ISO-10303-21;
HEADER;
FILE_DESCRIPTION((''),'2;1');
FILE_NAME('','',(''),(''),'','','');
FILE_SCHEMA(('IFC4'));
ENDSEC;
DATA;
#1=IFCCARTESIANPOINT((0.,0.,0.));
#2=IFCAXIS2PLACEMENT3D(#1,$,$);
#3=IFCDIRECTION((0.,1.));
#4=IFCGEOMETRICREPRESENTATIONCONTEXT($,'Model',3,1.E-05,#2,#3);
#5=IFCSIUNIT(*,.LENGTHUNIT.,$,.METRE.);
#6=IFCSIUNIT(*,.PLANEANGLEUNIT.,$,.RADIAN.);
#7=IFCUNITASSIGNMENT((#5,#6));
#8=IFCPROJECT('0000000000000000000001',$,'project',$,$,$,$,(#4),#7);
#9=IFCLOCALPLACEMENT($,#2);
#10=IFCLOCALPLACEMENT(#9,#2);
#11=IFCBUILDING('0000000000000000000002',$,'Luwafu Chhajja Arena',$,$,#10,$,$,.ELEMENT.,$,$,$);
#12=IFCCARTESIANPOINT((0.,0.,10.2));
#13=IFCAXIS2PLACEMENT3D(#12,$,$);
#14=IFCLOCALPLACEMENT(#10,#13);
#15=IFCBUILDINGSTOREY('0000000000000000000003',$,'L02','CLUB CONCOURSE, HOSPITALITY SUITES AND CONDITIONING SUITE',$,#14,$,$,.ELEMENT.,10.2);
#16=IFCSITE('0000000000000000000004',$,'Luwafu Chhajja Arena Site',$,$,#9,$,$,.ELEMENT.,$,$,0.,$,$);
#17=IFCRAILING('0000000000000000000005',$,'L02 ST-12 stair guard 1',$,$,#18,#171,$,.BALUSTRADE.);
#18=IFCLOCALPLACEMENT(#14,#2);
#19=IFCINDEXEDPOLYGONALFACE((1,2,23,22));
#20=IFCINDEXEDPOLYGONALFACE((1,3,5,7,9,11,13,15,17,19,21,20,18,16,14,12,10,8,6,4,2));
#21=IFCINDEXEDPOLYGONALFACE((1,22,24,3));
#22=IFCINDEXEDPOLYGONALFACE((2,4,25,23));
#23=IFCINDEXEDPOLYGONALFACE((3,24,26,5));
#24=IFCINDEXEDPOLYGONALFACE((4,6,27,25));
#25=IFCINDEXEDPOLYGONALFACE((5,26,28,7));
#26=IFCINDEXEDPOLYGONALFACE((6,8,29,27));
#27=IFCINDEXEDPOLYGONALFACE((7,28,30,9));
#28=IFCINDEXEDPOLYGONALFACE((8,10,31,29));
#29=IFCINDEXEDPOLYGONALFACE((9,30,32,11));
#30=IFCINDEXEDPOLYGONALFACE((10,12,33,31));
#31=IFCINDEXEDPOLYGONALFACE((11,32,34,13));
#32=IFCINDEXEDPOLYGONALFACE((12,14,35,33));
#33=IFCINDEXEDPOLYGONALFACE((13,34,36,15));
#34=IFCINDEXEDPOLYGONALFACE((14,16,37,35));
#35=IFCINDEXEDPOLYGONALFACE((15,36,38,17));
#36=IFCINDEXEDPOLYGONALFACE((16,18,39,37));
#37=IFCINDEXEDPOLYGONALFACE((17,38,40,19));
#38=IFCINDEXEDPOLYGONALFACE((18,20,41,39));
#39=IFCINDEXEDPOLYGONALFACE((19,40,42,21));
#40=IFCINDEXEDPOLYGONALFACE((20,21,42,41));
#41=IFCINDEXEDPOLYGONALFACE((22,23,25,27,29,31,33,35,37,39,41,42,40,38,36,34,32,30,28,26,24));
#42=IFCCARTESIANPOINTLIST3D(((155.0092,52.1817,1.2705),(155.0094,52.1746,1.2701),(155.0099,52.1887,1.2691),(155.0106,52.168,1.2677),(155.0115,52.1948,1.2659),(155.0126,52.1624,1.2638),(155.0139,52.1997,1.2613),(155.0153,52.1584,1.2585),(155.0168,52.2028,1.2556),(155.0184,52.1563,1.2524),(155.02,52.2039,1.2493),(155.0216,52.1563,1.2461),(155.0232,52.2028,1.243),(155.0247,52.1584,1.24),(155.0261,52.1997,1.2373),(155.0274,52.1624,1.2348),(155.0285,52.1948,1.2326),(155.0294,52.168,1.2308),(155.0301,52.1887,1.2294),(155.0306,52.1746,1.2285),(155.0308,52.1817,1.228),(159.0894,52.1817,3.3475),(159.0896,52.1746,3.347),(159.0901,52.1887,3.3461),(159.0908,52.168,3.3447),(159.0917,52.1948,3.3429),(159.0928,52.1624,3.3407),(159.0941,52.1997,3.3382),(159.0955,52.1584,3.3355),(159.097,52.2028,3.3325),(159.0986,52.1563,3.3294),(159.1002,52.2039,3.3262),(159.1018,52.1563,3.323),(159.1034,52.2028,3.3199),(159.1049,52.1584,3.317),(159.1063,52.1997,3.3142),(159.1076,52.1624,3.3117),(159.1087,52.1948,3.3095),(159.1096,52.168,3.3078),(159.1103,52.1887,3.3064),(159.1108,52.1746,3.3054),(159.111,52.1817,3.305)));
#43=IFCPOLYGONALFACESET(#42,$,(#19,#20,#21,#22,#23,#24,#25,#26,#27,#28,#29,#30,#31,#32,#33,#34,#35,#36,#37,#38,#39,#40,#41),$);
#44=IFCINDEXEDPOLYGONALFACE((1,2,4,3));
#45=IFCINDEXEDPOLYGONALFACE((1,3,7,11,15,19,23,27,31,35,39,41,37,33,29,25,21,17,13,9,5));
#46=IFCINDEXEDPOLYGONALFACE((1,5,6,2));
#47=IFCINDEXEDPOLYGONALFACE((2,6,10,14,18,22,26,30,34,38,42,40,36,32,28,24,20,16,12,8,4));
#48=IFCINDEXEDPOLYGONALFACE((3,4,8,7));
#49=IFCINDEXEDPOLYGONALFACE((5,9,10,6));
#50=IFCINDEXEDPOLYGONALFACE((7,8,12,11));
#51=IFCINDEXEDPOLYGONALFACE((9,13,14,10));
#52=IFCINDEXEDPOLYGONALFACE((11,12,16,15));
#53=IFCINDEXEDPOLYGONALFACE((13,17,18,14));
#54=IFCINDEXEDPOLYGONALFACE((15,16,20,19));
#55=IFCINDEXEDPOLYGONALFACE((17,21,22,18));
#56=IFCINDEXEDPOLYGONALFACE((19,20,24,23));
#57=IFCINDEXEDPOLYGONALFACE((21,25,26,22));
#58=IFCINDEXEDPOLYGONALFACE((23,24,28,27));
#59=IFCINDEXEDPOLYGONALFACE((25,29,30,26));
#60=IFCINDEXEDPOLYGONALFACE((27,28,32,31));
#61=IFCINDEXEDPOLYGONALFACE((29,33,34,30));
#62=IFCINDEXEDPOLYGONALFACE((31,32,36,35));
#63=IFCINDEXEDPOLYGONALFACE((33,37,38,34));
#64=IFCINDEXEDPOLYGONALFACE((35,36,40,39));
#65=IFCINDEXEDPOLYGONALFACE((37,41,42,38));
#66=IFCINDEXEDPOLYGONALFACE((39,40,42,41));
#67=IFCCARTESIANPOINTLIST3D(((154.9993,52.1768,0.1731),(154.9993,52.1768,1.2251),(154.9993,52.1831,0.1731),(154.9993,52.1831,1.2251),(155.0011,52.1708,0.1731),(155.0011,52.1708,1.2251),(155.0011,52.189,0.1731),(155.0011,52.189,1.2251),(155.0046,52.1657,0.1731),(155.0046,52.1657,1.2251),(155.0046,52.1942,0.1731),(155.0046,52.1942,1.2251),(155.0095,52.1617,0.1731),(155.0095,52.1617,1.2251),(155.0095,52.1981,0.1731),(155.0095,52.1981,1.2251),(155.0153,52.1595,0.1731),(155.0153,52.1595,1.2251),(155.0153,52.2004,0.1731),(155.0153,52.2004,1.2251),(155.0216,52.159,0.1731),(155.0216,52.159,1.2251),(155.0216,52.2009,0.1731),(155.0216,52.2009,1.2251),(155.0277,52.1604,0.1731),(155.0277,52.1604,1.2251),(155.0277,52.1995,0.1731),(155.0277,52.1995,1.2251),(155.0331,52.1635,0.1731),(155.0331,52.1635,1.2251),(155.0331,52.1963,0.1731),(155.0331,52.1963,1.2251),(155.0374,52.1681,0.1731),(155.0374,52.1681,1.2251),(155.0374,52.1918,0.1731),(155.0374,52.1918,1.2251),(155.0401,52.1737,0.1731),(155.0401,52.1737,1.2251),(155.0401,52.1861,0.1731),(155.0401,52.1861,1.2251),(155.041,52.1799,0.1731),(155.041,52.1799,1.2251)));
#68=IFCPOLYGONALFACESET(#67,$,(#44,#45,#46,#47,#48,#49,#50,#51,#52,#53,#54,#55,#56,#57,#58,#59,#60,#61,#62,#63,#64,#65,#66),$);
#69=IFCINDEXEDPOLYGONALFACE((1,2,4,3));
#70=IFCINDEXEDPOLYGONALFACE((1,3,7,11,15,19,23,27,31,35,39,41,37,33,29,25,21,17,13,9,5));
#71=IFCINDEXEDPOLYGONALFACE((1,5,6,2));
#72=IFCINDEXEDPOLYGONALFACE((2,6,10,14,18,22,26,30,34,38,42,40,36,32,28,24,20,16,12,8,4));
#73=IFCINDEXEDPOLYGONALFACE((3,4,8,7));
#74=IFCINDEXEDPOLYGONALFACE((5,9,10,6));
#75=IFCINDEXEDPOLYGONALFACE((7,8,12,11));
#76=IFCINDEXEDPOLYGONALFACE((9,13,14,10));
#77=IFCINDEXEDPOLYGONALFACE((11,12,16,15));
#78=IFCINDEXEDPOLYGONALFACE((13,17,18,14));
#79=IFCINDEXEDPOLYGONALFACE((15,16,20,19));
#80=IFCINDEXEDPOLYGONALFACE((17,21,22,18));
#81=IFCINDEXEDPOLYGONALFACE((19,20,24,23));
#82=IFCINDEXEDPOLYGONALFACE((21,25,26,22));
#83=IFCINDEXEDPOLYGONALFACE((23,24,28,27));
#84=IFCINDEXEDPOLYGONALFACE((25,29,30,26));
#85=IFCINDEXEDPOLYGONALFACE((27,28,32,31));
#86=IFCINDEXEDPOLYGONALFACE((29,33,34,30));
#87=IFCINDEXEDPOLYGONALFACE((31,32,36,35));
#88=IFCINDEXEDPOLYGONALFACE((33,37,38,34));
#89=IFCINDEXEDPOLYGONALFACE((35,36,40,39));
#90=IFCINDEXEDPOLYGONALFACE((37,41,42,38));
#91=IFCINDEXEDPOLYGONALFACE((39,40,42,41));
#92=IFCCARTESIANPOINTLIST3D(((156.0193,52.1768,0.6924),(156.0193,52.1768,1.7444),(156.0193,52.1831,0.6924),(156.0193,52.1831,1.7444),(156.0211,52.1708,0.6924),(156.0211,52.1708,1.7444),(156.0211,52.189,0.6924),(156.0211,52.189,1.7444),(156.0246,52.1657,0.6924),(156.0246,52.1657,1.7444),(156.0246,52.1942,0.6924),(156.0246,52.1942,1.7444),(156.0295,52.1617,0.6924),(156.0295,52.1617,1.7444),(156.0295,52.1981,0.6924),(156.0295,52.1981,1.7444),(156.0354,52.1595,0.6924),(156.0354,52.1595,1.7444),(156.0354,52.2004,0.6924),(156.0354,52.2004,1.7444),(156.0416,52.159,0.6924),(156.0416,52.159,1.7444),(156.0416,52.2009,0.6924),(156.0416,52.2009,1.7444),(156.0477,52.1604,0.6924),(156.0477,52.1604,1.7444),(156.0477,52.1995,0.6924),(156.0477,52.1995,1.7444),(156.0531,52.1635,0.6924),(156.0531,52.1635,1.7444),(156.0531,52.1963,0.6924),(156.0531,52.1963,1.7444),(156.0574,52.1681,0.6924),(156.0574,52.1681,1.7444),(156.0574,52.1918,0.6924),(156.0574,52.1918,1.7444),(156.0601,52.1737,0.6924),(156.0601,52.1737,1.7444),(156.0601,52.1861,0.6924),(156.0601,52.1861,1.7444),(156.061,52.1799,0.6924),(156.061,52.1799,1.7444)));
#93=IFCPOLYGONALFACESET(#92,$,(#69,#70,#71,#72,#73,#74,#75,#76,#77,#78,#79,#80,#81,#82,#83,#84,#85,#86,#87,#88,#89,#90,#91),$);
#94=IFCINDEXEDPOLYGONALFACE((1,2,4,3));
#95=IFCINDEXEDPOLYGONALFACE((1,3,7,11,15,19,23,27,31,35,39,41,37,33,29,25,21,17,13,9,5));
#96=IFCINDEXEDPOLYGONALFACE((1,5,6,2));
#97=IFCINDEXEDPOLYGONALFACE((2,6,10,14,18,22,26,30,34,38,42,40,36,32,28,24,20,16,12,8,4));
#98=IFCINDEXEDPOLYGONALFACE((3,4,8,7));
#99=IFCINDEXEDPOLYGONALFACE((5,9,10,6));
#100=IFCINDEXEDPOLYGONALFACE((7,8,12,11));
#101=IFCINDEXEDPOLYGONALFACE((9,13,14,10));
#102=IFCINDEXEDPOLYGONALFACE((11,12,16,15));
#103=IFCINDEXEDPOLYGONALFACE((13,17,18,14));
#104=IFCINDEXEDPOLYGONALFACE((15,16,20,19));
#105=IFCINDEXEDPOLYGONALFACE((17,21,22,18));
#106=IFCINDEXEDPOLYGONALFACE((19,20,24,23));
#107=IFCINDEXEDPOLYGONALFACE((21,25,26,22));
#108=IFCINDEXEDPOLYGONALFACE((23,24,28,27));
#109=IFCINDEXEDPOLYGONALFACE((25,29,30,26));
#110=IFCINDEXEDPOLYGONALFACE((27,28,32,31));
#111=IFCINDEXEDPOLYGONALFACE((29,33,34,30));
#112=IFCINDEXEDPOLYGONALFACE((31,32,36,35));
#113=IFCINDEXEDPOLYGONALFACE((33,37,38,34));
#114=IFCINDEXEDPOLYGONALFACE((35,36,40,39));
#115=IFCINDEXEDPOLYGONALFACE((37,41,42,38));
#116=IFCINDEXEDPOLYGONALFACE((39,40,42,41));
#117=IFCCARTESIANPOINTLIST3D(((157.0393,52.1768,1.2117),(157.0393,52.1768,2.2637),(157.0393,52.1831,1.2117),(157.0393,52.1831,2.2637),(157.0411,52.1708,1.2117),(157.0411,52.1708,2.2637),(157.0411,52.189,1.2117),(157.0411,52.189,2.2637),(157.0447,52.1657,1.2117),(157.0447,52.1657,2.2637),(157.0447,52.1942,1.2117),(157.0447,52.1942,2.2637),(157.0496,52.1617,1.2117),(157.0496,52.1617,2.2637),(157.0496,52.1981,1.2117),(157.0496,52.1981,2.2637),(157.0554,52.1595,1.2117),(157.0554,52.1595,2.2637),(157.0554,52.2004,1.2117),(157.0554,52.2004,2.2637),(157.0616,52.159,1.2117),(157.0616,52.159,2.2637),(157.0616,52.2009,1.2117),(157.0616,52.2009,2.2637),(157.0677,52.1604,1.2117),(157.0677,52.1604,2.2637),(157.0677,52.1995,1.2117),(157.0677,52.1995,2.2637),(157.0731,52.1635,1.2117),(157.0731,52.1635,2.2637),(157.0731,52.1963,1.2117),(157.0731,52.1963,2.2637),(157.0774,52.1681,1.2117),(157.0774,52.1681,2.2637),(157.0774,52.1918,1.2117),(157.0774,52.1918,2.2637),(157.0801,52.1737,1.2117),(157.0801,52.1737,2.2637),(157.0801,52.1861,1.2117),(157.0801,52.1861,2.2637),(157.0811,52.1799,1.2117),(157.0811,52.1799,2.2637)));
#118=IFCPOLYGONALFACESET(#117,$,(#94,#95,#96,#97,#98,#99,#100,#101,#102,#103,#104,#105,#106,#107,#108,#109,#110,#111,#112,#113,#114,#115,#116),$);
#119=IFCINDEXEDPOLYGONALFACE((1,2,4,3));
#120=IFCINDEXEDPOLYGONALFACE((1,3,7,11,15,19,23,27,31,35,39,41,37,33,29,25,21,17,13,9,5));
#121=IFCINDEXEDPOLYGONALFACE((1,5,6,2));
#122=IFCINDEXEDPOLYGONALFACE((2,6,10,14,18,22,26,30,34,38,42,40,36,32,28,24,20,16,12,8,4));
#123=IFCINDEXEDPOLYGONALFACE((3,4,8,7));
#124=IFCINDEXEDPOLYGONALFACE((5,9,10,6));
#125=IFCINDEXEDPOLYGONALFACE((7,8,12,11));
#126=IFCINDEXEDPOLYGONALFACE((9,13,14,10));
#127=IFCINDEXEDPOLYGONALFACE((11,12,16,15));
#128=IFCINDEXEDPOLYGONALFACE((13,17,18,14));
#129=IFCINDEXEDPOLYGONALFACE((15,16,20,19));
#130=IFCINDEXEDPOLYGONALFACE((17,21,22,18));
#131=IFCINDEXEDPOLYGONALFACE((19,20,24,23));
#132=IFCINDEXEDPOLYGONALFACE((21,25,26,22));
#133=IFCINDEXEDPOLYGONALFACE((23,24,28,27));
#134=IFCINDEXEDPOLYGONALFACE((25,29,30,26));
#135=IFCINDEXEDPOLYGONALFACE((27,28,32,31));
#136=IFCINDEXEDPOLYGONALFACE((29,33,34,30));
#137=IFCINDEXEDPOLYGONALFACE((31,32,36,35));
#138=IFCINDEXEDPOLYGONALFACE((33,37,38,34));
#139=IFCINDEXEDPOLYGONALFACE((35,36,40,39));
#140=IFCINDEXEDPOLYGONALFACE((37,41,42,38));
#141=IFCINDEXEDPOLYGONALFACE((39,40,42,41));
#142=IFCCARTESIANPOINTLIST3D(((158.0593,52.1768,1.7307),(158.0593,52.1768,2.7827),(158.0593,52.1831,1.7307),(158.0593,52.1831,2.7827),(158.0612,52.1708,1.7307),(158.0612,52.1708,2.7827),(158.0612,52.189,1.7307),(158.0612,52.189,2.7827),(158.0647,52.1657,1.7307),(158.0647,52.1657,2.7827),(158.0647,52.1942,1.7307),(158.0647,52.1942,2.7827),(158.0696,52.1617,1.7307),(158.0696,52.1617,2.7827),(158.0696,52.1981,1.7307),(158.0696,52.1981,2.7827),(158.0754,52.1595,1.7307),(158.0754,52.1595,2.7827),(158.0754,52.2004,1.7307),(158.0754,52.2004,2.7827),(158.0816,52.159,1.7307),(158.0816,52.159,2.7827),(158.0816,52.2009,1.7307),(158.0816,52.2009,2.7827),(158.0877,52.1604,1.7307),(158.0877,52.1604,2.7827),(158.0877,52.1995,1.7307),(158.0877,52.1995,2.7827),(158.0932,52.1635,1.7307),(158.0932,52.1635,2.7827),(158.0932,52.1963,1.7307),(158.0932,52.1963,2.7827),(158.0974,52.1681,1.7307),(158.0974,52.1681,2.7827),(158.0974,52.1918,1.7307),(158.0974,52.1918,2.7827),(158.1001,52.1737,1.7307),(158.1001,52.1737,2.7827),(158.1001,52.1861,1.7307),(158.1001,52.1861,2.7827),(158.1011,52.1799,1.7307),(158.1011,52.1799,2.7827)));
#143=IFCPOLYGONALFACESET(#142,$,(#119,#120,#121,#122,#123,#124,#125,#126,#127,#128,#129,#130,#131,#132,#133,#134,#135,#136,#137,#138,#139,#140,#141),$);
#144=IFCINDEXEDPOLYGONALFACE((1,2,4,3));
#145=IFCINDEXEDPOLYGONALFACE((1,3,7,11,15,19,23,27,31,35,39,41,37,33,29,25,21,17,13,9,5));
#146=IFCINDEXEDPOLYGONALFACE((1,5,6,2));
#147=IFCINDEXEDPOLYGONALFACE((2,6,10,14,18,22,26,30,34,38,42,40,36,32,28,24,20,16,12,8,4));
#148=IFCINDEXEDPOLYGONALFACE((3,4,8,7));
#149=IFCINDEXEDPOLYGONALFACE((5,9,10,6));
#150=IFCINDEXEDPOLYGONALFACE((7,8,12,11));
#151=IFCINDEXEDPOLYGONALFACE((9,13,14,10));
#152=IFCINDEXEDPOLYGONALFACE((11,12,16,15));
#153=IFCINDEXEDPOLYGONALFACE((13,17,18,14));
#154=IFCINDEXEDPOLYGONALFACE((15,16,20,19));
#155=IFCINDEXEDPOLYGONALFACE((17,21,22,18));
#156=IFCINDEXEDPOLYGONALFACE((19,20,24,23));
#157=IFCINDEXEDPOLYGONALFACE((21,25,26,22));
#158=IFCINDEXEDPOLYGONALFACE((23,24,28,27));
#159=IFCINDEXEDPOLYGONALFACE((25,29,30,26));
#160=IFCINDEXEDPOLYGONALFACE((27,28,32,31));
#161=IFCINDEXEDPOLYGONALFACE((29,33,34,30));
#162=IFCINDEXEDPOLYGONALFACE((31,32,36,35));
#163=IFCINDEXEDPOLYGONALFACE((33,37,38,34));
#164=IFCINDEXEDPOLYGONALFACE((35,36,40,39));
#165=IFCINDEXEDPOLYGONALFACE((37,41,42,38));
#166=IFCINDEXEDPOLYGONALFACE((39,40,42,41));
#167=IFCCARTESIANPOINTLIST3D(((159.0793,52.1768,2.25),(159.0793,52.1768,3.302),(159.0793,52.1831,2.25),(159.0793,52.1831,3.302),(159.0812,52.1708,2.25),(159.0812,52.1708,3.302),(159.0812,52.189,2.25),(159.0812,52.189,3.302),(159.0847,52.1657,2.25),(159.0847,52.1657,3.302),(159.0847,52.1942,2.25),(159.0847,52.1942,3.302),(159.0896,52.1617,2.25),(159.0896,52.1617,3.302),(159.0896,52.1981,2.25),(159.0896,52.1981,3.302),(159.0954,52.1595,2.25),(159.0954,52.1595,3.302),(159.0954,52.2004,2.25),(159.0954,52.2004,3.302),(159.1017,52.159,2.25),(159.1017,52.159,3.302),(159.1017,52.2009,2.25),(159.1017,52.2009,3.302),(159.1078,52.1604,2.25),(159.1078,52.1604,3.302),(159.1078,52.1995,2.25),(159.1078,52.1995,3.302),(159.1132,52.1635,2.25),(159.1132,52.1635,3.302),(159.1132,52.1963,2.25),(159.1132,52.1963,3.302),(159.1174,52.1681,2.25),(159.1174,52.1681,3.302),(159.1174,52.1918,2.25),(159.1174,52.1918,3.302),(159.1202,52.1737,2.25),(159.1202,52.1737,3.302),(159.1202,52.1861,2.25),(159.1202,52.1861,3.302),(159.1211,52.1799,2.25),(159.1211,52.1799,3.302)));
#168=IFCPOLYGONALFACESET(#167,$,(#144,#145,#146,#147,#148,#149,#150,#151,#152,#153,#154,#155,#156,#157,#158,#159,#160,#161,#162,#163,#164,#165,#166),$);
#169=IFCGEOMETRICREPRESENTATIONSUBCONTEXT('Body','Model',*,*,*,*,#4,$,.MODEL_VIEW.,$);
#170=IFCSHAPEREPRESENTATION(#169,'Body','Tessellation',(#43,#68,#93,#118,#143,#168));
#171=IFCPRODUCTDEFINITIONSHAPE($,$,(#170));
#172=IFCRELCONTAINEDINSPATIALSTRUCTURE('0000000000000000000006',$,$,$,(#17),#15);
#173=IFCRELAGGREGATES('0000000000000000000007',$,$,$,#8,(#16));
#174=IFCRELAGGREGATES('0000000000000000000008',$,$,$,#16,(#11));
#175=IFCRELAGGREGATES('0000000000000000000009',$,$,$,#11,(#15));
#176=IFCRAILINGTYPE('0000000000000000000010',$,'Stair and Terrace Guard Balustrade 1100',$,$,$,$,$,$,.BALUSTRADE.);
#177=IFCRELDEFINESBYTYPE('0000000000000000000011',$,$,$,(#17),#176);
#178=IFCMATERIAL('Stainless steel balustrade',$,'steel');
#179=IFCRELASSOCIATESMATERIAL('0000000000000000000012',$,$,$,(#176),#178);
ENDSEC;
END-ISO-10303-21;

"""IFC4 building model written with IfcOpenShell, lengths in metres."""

from ifc_helpers import new_model, si_unit, direction, frame, origin, origin_2d, place, context, subcontext, project, spatial, circle, extrude, material, type_object, element, save


model = new_model("IFC4")

# Units and contexts
model_context = context("Model", 3, precision=1e-05, world=origin(), true_north=direction((0.0, 1.0)))
body_context = subcontext(model_context, "Body", "Model", "MODEL_VIEW")
ifc_project = project(units=[si_unit("LENGTHUNIT", "METRE"), si_unit("PLANEANGLEUNIT", "RADIAN")], contexts=[model_context])

# Site, building, storey
site_placement = place(None, origin())
site = spatial("IfcSite", under=ifc_project, at=site_placement, Name="Luwafu Chhajja Arena Site", CompositionType="ELEMENT", RefElevation=0.0)
building_placement = place(site_placement, origin())
building = spatial("IfcBuilding", under=site, at=building_placement, Name="Luwafu Chhajja Arena", CompositionType="ELEMENT")
storey_placement = place(building_placement, frame((0.0, 0.0, 10.2)))
storey = spatial("IfcBuildingStorey", under=building, at=storey_placement, Name="L02", Description="CLUB CONCOURSE, HOSPITALITY SUITES AND CONDITIONING SUITE", CompositionType="ELEMENT", Elevation=10.2)

# Railing
ifc_material_1 = material(Name="Stainless steel balustrade", Category="steel")
railing_type_1 = type_object("IfcRailingType", Name="Stair and Terrace Guard Balustrade 1100", PredefinedType="BALUSTRADE", material=ifc_material_1)
railing_1_placement = place(storey_placement, frame((155.02, 52.1799, 0.1731)))
element("IfcRailing", 1, at=railing_1_placement, inside=storey, type_object=railing_type_1, Name="L02 ST-12 stair guard 1", PredefinedType="BALUSTRADE", context=body_context, shape_type="SweptSolid", body=[
    extrude(circle(Radius=0.0239, at=origin_2d()), frame((0.0, 0.0, 1.0762), z_axis=(0.891183, 0.0, 0.453644), x_axis=(0.0, 1.0, 0.0)), (0.0, 0.0, 1.0), 4.5784),
    extrude(circle(Radius=0.021, at=origin_2d()), origin(), (0.0, 0.0, 1.0), 1.052),
    extrude(circle(Radius=0.021, at=origin_2d()), frame((1.02, 0.0, 0.5193)), (0.0, 0.0, 1.0), 1.052),
    extrude(circle(Radius=0.021, at=origin_2d()), frame((2.04, 0.0, 1.0386)), (0.0, 0.0, 1.0), 1.052),
    extrude(circle(Radius=0.021, at=origin_2d()), frame((3.0601, 0.0, 1.5576)), (0.0, 0.0, 1.0), 1.052),
    extrude(circle(Radius=0.021, at=origin_2d()), frame((4.0801, 0.0, 2.0769)), (0.0, 0.0, 1.0), 1.052),
])

save(model, "model.ifc")
